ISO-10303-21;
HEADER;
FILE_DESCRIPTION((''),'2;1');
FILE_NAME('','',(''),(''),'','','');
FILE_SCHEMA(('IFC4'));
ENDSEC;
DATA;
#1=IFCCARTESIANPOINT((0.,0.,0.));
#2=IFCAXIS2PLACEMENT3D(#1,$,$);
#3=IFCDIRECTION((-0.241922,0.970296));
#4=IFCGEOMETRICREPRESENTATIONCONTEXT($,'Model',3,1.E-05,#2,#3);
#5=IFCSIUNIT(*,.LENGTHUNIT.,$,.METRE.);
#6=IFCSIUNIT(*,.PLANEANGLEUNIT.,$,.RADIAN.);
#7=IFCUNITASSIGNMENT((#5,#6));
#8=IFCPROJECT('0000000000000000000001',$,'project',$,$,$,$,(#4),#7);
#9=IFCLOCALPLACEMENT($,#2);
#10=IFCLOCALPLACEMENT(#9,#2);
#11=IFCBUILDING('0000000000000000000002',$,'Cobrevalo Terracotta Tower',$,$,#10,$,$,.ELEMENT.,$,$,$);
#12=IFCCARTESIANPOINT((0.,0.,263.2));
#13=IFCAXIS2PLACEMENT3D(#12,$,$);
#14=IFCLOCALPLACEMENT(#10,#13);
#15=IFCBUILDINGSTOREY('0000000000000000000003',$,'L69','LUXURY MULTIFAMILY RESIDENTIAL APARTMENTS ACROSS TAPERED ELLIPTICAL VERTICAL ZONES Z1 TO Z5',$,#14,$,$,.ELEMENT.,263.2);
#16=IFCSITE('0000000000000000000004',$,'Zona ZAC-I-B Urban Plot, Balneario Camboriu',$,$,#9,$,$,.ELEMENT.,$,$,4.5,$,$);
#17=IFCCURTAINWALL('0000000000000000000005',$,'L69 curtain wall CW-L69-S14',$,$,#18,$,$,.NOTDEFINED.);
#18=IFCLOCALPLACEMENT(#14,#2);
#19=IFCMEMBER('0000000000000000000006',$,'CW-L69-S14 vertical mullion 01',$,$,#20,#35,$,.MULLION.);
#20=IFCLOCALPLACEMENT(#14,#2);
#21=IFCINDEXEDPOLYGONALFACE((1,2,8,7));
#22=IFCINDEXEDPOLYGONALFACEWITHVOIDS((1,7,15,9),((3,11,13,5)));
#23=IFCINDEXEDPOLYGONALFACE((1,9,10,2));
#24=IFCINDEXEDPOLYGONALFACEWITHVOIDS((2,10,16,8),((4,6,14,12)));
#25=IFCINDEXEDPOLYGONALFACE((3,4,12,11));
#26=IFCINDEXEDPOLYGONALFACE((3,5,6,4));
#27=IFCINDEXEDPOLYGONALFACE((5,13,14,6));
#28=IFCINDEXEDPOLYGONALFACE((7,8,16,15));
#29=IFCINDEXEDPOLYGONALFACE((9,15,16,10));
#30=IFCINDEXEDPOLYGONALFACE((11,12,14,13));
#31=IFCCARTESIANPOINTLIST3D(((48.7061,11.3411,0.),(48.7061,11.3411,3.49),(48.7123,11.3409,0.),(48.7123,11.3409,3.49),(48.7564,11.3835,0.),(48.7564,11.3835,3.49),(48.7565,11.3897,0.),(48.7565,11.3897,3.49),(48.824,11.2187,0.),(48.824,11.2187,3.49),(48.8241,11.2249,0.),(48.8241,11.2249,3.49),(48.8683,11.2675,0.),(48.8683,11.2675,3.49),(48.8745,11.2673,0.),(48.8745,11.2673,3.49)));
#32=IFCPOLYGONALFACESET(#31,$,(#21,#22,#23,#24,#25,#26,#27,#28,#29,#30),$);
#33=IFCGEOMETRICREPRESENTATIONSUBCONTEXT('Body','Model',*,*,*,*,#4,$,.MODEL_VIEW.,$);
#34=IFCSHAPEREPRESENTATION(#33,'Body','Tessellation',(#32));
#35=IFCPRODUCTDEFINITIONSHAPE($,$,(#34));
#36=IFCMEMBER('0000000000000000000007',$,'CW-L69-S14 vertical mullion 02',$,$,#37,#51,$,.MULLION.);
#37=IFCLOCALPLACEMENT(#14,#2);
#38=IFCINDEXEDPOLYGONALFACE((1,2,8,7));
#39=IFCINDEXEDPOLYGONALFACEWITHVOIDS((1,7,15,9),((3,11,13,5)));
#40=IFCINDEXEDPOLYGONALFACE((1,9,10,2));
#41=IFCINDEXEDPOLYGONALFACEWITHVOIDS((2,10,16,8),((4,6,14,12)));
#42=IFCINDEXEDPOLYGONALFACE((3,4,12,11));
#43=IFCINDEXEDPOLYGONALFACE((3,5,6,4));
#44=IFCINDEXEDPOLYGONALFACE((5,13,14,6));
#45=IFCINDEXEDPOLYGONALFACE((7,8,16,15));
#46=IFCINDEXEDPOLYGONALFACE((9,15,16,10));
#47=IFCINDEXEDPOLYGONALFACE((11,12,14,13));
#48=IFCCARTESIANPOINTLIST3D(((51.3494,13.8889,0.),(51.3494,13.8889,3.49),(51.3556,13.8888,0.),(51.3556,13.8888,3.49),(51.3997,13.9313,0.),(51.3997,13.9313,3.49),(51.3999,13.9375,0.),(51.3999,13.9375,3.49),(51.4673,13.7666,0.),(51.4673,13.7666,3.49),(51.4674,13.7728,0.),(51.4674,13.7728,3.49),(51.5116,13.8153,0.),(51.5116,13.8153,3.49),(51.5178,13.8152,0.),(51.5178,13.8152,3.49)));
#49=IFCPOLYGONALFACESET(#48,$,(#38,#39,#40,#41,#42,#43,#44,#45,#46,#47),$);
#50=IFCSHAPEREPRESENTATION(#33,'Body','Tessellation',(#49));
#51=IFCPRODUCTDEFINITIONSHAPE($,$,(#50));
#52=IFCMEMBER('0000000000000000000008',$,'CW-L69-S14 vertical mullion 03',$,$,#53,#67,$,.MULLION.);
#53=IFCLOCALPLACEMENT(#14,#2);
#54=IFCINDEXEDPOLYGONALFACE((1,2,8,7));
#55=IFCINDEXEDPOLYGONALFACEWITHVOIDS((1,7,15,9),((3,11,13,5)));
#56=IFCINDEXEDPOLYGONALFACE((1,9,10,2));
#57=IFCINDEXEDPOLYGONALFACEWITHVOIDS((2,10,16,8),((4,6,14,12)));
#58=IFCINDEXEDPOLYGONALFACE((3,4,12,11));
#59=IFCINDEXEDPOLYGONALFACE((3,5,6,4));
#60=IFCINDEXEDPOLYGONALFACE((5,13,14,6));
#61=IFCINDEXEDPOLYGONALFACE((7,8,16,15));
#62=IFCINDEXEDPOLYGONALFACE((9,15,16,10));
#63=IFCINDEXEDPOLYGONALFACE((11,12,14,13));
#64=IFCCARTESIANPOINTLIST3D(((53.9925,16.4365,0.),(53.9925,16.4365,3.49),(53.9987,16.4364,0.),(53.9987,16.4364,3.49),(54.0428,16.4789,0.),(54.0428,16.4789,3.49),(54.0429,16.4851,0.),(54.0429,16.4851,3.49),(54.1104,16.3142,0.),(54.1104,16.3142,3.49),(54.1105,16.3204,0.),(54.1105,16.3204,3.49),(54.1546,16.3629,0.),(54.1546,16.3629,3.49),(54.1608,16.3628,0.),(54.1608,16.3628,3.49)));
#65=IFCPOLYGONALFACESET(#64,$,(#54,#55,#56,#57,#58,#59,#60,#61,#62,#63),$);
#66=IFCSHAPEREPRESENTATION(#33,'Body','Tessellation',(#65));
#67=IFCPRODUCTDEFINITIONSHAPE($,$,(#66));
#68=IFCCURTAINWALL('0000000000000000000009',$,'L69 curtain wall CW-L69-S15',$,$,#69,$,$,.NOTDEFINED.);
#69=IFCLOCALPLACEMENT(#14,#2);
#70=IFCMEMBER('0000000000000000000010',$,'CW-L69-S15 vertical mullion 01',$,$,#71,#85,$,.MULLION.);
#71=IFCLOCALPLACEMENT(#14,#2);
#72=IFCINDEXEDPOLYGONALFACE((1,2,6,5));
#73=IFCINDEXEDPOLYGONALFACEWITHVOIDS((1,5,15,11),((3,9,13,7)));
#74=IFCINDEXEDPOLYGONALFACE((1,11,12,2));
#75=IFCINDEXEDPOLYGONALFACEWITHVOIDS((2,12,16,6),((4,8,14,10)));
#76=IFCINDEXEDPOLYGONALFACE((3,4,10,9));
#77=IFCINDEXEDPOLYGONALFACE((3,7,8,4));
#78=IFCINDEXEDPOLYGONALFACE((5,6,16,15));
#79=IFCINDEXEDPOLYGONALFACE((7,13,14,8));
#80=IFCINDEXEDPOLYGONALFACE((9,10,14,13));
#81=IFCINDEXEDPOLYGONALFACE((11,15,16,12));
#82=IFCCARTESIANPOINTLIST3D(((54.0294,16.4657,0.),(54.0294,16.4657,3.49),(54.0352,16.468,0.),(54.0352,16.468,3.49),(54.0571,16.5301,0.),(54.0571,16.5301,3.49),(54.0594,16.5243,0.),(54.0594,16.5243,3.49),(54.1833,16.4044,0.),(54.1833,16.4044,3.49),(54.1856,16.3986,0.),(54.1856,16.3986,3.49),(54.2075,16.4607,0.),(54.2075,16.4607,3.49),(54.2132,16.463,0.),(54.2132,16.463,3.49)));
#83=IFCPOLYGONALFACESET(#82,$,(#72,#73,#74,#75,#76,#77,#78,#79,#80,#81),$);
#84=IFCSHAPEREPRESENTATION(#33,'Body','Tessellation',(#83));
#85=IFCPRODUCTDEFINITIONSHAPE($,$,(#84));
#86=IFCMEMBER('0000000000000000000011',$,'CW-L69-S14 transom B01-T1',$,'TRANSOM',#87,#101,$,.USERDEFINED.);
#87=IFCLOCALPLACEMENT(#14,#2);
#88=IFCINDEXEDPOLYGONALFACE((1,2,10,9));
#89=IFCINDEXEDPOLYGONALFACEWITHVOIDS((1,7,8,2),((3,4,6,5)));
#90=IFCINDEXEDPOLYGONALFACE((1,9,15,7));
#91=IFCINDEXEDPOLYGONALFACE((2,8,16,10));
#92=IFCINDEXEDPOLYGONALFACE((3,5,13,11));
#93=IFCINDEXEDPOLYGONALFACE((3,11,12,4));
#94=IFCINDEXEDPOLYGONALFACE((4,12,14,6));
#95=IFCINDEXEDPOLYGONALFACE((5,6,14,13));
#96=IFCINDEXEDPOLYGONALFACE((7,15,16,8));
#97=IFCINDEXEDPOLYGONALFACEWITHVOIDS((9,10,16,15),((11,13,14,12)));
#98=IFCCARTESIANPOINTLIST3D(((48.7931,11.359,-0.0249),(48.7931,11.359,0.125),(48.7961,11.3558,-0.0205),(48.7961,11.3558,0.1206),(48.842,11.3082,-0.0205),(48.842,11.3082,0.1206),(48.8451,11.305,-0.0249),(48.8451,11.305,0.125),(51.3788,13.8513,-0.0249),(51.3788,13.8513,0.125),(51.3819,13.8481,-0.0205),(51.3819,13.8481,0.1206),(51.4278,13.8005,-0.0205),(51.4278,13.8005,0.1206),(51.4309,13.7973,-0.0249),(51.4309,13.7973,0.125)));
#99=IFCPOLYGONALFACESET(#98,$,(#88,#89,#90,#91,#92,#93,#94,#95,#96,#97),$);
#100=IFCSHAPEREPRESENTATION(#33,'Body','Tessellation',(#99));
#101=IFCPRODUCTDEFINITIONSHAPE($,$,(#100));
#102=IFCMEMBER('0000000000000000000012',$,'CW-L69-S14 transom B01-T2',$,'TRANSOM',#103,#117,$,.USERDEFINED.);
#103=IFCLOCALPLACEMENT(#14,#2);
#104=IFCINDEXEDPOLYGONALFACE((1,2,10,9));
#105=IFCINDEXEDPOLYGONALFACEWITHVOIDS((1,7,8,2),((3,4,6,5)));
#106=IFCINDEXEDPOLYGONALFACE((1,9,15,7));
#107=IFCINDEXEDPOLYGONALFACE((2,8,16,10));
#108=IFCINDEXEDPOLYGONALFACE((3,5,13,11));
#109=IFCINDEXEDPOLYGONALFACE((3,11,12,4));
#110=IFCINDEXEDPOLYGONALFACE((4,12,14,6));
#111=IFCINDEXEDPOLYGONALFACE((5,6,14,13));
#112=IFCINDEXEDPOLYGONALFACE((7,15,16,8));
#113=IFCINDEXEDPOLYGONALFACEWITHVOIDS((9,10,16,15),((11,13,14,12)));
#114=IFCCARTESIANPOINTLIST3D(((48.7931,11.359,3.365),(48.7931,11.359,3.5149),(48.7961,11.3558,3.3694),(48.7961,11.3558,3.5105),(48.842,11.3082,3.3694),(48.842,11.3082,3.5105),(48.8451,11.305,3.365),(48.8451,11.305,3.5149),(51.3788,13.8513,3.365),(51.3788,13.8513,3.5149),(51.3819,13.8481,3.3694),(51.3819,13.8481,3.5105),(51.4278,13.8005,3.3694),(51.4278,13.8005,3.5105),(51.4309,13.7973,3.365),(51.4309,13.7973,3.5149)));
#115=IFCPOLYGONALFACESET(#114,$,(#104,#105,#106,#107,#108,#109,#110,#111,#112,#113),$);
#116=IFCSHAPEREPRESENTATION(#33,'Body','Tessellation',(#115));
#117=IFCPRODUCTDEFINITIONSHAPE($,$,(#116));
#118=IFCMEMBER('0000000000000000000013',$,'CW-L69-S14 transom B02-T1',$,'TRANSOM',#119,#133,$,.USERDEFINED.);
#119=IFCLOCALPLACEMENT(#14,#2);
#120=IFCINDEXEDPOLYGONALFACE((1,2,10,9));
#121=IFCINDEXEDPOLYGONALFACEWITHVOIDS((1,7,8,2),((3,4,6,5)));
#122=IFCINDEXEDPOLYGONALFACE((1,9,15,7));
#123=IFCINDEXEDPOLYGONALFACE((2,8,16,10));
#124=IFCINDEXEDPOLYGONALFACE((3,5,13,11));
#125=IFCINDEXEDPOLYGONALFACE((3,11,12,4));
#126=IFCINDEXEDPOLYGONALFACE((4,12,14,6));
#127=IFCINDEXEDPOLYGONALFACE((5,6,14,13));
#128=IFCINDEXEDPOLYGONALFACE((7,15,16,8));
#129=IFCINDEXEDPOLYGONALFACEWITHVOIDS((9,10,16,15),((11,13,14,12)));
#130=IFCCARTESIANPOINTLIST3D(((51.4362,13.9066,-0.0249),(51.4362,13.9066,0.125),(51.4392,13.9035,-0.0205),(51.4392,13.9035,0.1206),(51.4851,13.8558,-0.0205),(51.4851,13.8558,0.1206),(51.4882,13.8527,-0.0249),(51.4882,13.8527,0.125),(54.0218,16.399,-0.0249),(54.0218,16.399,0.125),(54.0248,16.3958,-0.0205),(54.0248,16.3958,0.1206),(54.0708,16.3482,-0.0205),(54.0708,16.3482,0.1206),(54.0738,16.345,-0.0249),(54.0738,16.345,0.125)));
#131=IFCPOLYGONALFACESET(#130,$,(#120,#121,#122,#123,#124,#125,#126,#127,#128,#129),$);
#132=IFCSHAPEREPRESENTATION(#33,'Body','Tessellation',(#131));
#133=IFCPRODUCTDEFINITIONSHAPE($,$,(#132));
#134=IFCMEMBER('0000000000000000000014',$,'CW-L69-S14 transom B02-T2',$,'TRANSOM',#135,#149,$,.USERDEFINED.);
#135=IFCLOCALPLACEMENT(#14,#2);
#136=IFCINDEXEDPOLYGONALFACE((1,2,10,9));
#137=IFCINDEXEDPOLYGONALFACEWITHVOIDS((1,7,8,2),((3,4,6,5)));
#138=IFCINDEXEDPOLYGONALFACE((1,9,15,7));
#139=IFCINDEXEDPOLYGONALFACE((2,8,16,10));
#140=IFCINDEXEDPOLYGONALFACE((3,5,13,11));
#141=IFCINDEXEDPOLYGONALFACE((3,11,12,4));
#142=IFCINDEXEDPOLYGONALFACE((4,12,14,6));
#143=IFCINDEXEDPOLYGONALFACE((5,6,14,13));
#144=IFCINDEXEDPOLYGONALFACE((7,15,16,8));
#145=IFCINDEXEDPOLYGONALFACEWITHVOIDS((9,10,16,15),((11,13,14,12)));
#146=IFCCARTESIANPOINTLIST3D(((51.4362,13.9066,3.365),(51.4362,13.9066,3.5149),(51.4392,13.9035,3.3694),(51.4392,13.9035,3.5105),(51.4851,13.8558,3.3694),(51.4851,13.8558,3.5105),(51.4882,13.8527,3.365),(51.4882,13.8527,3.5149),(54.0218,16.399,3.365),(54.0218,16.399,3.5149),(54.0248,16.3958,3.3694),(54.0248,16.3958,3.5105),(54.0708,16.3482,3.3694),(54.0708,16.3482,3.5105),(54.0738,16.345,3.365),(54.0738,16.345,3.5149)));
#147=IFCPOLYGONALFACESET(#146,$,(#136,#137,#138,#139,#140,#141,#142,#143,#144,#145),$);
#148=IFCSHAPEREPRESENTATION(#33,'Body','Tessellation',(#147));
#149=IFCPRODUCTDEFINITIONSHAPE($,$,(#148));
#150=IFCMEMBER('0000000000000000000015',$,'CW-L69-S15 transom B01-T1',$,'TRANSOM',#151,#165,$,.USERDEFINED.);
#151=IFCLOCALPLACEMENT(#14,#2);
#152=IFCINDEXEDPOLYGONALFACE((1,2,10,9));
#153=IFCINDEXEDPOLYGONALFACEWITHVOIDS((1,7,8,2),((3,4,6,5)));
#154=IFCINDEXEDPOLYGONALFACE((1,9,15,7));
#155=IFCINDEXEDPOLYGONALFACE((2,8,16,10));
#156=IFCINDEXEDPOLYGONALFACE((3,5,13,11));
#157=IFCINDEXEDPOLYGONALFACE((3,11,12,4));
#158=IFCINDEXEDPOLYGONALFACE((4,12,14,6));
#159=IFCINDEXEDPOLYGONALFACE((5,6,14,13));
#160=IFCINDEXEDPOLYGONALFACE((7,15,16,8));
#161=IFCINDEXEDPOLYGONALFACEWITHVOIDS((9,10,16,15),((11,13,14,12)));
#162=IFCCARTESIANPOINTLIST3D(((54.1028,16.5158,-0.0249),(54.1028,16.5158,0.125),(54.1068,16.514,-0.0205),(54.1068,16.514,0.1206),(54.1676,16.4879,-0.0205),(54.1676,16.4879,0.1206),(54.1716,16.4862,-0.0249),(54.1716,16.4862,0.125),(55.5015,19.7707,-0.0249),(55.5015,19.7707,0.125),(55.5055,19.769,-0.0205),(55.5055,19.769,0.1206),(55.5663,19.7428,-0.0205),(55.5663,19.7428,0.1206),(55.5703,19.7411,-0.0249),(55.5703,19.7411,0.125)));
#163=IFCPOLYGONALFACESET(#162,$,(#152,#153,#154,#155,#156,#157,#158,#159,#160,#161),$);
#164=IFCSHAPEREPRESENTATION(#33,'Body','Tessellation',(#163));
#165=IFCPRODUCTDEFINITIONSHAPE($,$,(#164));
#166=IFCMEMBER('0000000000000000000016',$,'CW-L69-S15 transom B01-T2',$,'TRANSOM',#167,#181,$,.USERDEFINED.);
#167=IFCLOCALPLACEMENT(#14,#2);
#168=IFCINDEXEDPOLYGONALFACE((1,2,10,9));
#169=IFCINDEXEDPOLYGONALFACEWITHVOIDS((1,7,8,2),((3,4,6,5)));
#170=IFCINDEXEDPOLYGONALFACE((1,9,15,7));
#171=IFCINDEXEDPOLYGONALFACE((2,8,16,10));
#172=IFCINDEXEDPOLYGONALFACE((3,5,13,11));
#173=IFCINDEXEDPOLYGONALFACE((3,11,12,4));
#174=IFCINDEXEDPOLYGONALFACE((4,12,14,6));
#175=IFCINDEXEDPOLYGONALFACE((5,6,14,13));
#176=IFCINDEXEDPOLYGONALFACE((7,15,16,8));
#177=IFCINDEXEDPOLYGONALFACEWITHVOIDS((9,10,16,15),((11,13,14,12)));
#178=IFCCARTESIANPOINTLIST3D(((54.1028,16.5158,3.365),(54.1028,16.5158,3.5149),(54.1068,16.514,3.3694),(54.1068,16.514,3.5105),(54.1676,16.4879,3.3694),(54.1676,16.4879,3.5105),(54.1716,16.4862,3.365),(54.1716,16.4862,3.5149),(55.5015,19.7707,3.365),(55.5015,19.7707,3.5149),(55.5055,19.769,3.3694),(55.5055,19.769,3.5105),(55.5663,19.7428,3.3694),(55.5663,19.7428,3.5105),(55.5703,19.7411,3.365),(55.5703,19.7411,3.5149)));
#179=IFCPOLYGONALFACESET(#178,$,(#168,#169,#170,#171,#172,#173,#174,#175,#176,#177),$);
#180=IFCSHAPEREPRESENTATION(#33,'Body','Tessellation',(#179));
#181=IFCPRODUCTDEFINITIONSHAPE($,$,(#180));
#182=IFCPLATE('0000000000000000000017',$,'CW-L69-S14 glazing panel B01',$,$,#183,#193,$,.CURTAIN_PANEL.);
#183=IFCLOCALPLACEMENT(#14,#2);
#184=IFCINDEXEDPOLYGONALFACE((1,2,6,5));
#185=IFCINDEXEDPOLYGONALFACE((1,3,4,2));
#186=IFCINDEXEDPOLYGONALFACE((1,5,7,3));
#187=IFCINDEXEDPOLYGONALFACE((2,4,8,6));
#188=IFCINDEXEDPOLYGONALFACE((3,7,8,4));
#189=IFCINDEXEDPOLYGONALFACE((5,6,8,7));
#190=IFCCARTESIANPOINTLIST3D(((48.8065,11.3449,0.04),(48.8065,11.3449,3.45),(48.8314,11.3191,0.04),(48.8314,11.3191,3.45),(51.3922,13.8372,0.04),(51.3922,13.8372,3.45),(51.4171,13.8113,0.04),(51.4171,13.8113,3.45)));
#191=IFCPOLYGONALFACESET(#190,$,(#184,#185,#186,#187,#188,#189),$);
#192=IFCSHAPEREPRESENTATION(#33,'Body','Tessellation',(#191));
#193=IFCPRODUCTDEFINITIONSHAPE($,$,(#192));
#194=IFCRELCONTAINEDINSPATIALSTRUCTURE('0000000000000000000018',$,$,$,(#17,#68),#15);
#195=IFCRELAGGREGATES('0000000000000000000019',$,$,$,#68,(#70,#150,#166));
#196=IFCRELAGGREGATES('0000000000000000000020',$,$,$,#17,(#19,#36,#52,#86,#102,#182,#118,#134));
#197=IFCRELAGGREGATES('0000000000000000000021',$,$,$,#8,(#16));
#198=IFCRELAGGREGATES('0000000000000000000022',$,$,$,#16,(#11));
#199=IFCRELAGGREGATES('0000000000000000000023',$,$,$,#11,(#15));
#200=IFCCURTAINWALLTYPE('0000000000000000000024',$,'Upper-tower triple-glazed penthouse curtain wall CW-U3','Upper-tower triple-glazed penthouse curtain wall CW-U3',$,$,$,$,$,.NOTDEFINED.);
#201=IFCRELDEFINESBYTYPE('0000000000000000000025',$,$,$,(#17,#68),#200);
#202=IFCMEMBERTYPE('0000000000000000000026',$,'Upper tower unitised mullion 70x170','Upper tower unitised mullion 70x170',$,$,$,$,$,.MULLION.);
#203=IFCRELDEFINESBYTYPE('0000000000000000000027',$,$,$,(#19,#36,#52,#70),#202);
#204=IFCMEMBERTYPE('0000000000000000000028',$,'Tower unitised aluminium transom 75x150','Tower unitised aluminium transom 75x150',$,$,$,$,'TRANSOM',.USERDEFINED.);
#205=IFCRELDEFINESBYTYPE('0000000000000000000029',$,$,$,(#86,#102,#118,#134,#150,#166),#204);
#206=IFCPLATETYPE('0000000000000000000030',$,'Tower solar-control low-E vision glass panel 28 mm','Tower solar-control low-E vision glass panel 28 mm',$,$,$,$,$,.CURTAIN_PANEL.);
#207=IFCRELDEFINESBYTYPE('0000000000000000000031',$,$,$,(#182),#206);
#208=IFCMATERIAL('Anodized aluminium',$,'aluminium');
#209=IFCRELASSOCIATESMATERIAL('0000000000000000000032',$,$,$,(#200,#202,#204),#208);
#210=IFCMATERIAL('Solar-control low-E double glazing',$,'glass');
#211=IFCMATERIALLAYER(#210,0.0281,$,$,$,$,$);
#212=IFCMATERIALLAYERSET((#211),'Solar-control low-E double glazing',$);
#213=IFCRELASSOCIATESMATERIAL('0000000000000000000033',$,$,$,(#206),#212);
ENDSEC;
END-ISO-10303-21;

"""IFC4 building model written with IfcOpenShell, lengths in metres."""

from ifc_helpers import new_model, si_unit, direction, frame, origin, origin_2d, place, context, subcontext, project, spatial, rectangle, hollow_rectangle, extrude, source, transform, mapped, material, layer, layer_set, material_profile, profile_set, type_object, element, aggregate, save


model = new_model("IFC4")

# Units and contexts
model_context = context("Model", 3, precision=1e-05, world=origin(), true_north=direction((-0.241922, 0.970296)))
body_context = subcontext(model_context, "Body", "Model", "MODEL_VIEW")
ifc_project = project(units=[si_unit("LENGTHUNIT", "METRE"), si_unit("PLANEANGLEUNIT", "RADIAN")], contexts=[model_context])

# Site, building, storey
site_placement = place(None, origin())
site = spatial("IfcSite", under=ifc_project, at=site_placement, Name="Zona ZAC-I-B Urban Plot, Balneario Camboriu", CompositionType="ELEMENT", RefElevation=4.5)
building_placement = place(site_placement, origin())
building = spatial("IfcBuilding", under=site, at=building_placement, Name="Cobrevalo Terracotta Tower", CompositionType="ELEMENT")
storey_placement = place(building_placement, frame((0.0, 0.0, 263.2)))
storey = spatial("IfcBuildingStorey", under=building, at=storey_placement, Name="L69", Description="LUXURY MULTIFAMILY RESIDENTIAL APARTMENTS ACROSS TAPERED ELLIPTICAL VERTICAL ZONES Z1 TO Z5", CompositionType="ELEMENT", Elevation=263.2)

# Shared definitions
ifc_material_1 = material(Name="Anodized aluminium", Category="aluminium")
curtain_wall_type = type_object("IfcCurtainWallType", Name="Upper-tower triple-glazed penthouse curtain wall CW-U3", Description="Upper-tower triple-glazed penthouse curtain wall CW-U3", PredefinedType="NOTDEFINED", material=ifc_material_1)
ifc_material_profile_1 = material_profile(ifc_material_1, hollow_rectangle(XDim=0.0701, YDim=0.1699, WallThickness=0.0044, at=origin_2d()), Name="CWM 70x170")
ifc_profile_set_1 = profile_set([ifc_material_profile_1], Name="Anodized aluminium")
member_type_1 = type_object("IfcMemberType", Name="Upper tower unitised mullion 70x170", Description="Upper tower unitised mullion 70x170", PredefinedType="MULLION", material=ifc_profile_set_1)
shared_shape_1 = source(origin(), body_context, "Body", "SweptSolid", [
    extrude(hollow_rectangle(XDim=0.0701, YDim=0.1699, WallThickness=0.0044, at=origin_2d()), origin(), (0.0, 0.0, 1.0), 3.49),
])

# Curtain wall, members
curtain_wall_1_placement = place(storey_placement, origin())
curtain_wall_1 = element("IfcCurtainWall", 1, at=curtain_wall_1_placement, inside=storey, type_object=curtain_wall_type, Name="L69 curtain wall CW-L69-S14", PredefinedType="NOTDEFINED")
member_1_placement = place(storey_placement, frame((48.7903, 11.3042, 0.0), z_axis=(0.0, 0.0, 1.0), x_axis=(0.719994, 0.69398, 0.0)))
member_1 = element("IfcMember", 2, at=member_1_placement, type_object=member_type_1, Name="CW-L69-S14 vertical mullion 01", PredefinedType="MULLION", context=body_context, shape_type="MappedRepresentation", body=[
    mapped(shared_shape_1, transform((0.0, 0.0, 0.0), scale=1.0)),
])
member_2_placement = place(storey_placement, frame((51.4336, 13.8521, 0.0), z_axis=(0.0, 0.0, 1.0), x_axis=(0.719994, 0.69398, 0.0)))
member_2 = element("IfcMember", 3, at=member_2_placement, type_object=member_type_1, Name="CW-L69-S14 vertical mullion 02", PredefinedType="MULLION", context=body_context, shape_type="MappedRepresentation", body=[
    mapped(shared_shape_1, transform((0.0, 0.0, 0.0), scale=1.0)),
])
member_3_placement = place(storey_placement, frame((54.0767, 16.3997, 0.0), z_axis=(0.0, 0.0, 1.0), x_axis=(0.719994, 0.69398, 0.0)))
member_3 = element("IfcMember", 4, at=member_3_placement, type_object=member_type_1, Name="CW-L69-S14 vertical mullion 03", PredefinedType="MULLION", context=body_context, shape_type="MappedRepresentation", body=[
    mapped(shared_shape_1, transform((0.0, 0.0, 0.0), scale=1.0)),
])

# Curtain wall, member
curtain_wall_2_placement = place(storey_placement, origin())
curtain_wall_2 = element("IfcCurtainWall", 5, at=curtain_wall_2_placement, inside=storey, type_object=curtain_wall_type, Name="L69 curtain wall CW-L69-S15", PredefinedType="NOTDEFINED")
member_4_placement = place(storey_placement, frame((54.1213, 16.4644, 0.0), z_axis=(0.0, 0.0, 1.0), x_axis=(0.394824, 0.918757, 0.0)))
member_4 = element("IfcMember", 6, at=member_4_placement, type_object=member_type_1, Name="CW-L69-S15 vertical mullion 01", PredefinedType="MULLION", context=body_context, shape_type="MappedRepresentation", body=[
    mapped(shared_shape_1, transform((0.0, 0.0, 0.0), scale=1.0)),
])

# Members
ifc_material_profile_2 = material_profile(ifc_material_1, hollow_rectangle(XDim=0.075, YDim=0.1499, WallThickness=0.0044, at=origin_2d()), Name="CWT 75x150")
ifc_profile_set_2 = profile_set([ifc_material_profile_2], Name="Anodized aluminium")
member_type_2 = type_object("IfcMemberType", Name="Tower unitised aluminium transom 75x150", Description="Tower unitised aluminium transom 75x150", ElementType="TRANSOM", PredefinedType="USERDEFINED", material=ifc_profile_set_2)
shared_shape_2 = source(origin(), body_context, "Body", "SweptSolid", [
    extrude(hollow_rectangle(XDim=0.075, YDim=0.1499, WallThickness=0.0044, at=origin_2d()), origin(), (0.0, 0.0, 1.0), 3.5913),
])
member_5_placement = place(storey_placement, frame((48.8191, 11.332, 0.05), z_axis=(0.720006, 0.693968, 0.0), x_axis=(-0.693968, 0.720006, 0.0)))
member_5 = element("IfcMember", 7, at=member_5_placement, type_object=member_type_2, Name="CW-L69-S14 transom B01-T1", ObjectType="TRANSOM", PredefinedType="USERDEFINED", context=body_context, shape_type="MappedRepresentation", body=[
    mapped(shared_shape_2, transform((0.0, 0.0, 0.0), scale=1.0)),
])
member_6_placement = place(storey_placement, frame((48.8191, 11.332, 3.4399), z_axis=(0.720006, 0.693968, 0.0), x_axis=(-0.693968, 0.720006, 0.0)))
member_6 = element("IfcMember", 8, at=member_6_placement, type_object=member_type_2, Name="CW-L69-S14 transom B01-T2", ObjectType="TRANSOM", PredefinedType="USERDEFINED", context=body_context, shape_type="MappedRepresentation", body=[
    mapped(shared_shape_2, transform((0.0, 0.0, 0.0), scale=1.0)),
])
member_7_placement = place(storey_placement, frame((51.4622, 13.8796, 0.05), z_axis=(0.719972, 0.694003, 0.0), x_axis=(-0.694003, 0.719972, 0.0)))
member_7 = element("IfcMember", 9, at=member_7_placement, type_object=member_type_2, Name="CW-L69-S14 transom B02-T1", ObjectType="TRANSOM", PredefinedType="USERDEFINED", context=body_context, shape_type="MappedRepresentation", body=[
    mapped(shared_shape_2, transform((0.0, 0.0, 0.0), scale=1.0)),
])
member_8_placement = place(storey_placement, frame((51.4622, 13.8796, 3.4399), z_axis=(0.719972, 0.694003, 0.0), x_axis=(-0.694003, 0.719972, 0.0)))
member_8 = element("IfcMember", 10, at=member_8_placement, type_object=member_type_2, Name="CW-L69-S14 transom B02-T2", ObjectType="TRANSOM", PredefinedType="USERDEFINED", context=body_context, shape_type="MappedRepresentation", body=[
    mapped(shared_shape_2, transform((0.0, 0.0, 0.0), scale=1.0)),
])
shared_shape_3 = source(origin(), body_context, "Body", "SweptSolid", [
    extrude(hollow_rectangle(XDim=0.075, YDim=0.1499, WallThickness=0.0044, at=origin_2d()), origin(), (0.0, 0.0, 1.0), 3.5427),
])
member_9_placement = place(storey_placement, frame((54.1372, 16.501, 0.05), z_axis=(0.394809, 0.918763, 0.0), x_axis=(-0.918763, 0.394809, 0.0)))
member_9 = element("IfcMember", 11, at=member_9_placement, type_object=member_type_2, Name="CW-L69-S15 transom B01-T1", ObjectType="TRANSOM", PredefinedType="USERDEFINED", context=body_context, shape_type="MappedRepresentation", body=[
    mapped(shared_shape_3, transform((0.0, 0.0, 0.0), scale=1.0)),
])
member_10_placement = place(storey_placement, frame((54.1372, 16.501, 3.4399), z_axis=(0.394809, 0.918763, 0.0), x_axis=(-0.918763, 0.394809, 0.0)))
member_10 = element("IfcMember", 12, at=member_10_placement, type_object=member_type_2, Name="CW-L69-S15 transom B01-T2", ObjectType="TRANSOM", PredefinedType="USERDEFINED", context=body_context, shape_type="MappedRepresentation", body=[
    mapped(shared_shape_3, transform((0.0, 0.0, 0.0), scale=1.0)),
])
aggregate(curtain_wall_2, [member_4, member_9, member_10])

# Plate
ifc_material_2 = material(Name="Solar-control low-E double glazing", Category="glass")
ifc_layer_1 = layer(ifc_material_2, 0.0281)
ifc_layer_set_1 = layer_set([ifc_layer_1], Name="Solar-control low-E double glazing")
plate_type = type_object("IfcPlateType", Name="Tower solar-control low-E vision glass panel 28 mm", Description="Tower solar-control low-E vision glass panel 28 mm", PredefinedType="CURTAIN_PANEL", material=ifc_layer_set_1)
shared_shape_4 = source(origin(), body_context, "Body", "SweptSolid", [
    extrude(rectangle(XDim=3.5913, YDim=0.0359, at=origin_2d()), origin(), (0.0, 0.0, 1.0), 3.4099),
])
plate_1_placement = place(storey_placement, frame((50.1118, 12.5781, 0.04), z_axis=(0.0, 0.0, 1.0), x_axis=(0.719997, 0.693978, 0.0)))
plate_1 = element("IfcPlate", 13, at=plate_1_placement, type_object=plate_type, Name="CW-L69-S14 glazing panel B01", PredefinedType="CURTAIN_PANEL", context=body_context, shape_type="MappedRepresentation", body=[
    mapped(shared_shape_4, transform((0.0, 0.0, 0.0), scale=1.0)),
])
aggregate(curtain_wall_1, [member_1, member_2, member_3, member_5, member_6, plate_1, member_7, member_8])

save(model, "model.ifc")
